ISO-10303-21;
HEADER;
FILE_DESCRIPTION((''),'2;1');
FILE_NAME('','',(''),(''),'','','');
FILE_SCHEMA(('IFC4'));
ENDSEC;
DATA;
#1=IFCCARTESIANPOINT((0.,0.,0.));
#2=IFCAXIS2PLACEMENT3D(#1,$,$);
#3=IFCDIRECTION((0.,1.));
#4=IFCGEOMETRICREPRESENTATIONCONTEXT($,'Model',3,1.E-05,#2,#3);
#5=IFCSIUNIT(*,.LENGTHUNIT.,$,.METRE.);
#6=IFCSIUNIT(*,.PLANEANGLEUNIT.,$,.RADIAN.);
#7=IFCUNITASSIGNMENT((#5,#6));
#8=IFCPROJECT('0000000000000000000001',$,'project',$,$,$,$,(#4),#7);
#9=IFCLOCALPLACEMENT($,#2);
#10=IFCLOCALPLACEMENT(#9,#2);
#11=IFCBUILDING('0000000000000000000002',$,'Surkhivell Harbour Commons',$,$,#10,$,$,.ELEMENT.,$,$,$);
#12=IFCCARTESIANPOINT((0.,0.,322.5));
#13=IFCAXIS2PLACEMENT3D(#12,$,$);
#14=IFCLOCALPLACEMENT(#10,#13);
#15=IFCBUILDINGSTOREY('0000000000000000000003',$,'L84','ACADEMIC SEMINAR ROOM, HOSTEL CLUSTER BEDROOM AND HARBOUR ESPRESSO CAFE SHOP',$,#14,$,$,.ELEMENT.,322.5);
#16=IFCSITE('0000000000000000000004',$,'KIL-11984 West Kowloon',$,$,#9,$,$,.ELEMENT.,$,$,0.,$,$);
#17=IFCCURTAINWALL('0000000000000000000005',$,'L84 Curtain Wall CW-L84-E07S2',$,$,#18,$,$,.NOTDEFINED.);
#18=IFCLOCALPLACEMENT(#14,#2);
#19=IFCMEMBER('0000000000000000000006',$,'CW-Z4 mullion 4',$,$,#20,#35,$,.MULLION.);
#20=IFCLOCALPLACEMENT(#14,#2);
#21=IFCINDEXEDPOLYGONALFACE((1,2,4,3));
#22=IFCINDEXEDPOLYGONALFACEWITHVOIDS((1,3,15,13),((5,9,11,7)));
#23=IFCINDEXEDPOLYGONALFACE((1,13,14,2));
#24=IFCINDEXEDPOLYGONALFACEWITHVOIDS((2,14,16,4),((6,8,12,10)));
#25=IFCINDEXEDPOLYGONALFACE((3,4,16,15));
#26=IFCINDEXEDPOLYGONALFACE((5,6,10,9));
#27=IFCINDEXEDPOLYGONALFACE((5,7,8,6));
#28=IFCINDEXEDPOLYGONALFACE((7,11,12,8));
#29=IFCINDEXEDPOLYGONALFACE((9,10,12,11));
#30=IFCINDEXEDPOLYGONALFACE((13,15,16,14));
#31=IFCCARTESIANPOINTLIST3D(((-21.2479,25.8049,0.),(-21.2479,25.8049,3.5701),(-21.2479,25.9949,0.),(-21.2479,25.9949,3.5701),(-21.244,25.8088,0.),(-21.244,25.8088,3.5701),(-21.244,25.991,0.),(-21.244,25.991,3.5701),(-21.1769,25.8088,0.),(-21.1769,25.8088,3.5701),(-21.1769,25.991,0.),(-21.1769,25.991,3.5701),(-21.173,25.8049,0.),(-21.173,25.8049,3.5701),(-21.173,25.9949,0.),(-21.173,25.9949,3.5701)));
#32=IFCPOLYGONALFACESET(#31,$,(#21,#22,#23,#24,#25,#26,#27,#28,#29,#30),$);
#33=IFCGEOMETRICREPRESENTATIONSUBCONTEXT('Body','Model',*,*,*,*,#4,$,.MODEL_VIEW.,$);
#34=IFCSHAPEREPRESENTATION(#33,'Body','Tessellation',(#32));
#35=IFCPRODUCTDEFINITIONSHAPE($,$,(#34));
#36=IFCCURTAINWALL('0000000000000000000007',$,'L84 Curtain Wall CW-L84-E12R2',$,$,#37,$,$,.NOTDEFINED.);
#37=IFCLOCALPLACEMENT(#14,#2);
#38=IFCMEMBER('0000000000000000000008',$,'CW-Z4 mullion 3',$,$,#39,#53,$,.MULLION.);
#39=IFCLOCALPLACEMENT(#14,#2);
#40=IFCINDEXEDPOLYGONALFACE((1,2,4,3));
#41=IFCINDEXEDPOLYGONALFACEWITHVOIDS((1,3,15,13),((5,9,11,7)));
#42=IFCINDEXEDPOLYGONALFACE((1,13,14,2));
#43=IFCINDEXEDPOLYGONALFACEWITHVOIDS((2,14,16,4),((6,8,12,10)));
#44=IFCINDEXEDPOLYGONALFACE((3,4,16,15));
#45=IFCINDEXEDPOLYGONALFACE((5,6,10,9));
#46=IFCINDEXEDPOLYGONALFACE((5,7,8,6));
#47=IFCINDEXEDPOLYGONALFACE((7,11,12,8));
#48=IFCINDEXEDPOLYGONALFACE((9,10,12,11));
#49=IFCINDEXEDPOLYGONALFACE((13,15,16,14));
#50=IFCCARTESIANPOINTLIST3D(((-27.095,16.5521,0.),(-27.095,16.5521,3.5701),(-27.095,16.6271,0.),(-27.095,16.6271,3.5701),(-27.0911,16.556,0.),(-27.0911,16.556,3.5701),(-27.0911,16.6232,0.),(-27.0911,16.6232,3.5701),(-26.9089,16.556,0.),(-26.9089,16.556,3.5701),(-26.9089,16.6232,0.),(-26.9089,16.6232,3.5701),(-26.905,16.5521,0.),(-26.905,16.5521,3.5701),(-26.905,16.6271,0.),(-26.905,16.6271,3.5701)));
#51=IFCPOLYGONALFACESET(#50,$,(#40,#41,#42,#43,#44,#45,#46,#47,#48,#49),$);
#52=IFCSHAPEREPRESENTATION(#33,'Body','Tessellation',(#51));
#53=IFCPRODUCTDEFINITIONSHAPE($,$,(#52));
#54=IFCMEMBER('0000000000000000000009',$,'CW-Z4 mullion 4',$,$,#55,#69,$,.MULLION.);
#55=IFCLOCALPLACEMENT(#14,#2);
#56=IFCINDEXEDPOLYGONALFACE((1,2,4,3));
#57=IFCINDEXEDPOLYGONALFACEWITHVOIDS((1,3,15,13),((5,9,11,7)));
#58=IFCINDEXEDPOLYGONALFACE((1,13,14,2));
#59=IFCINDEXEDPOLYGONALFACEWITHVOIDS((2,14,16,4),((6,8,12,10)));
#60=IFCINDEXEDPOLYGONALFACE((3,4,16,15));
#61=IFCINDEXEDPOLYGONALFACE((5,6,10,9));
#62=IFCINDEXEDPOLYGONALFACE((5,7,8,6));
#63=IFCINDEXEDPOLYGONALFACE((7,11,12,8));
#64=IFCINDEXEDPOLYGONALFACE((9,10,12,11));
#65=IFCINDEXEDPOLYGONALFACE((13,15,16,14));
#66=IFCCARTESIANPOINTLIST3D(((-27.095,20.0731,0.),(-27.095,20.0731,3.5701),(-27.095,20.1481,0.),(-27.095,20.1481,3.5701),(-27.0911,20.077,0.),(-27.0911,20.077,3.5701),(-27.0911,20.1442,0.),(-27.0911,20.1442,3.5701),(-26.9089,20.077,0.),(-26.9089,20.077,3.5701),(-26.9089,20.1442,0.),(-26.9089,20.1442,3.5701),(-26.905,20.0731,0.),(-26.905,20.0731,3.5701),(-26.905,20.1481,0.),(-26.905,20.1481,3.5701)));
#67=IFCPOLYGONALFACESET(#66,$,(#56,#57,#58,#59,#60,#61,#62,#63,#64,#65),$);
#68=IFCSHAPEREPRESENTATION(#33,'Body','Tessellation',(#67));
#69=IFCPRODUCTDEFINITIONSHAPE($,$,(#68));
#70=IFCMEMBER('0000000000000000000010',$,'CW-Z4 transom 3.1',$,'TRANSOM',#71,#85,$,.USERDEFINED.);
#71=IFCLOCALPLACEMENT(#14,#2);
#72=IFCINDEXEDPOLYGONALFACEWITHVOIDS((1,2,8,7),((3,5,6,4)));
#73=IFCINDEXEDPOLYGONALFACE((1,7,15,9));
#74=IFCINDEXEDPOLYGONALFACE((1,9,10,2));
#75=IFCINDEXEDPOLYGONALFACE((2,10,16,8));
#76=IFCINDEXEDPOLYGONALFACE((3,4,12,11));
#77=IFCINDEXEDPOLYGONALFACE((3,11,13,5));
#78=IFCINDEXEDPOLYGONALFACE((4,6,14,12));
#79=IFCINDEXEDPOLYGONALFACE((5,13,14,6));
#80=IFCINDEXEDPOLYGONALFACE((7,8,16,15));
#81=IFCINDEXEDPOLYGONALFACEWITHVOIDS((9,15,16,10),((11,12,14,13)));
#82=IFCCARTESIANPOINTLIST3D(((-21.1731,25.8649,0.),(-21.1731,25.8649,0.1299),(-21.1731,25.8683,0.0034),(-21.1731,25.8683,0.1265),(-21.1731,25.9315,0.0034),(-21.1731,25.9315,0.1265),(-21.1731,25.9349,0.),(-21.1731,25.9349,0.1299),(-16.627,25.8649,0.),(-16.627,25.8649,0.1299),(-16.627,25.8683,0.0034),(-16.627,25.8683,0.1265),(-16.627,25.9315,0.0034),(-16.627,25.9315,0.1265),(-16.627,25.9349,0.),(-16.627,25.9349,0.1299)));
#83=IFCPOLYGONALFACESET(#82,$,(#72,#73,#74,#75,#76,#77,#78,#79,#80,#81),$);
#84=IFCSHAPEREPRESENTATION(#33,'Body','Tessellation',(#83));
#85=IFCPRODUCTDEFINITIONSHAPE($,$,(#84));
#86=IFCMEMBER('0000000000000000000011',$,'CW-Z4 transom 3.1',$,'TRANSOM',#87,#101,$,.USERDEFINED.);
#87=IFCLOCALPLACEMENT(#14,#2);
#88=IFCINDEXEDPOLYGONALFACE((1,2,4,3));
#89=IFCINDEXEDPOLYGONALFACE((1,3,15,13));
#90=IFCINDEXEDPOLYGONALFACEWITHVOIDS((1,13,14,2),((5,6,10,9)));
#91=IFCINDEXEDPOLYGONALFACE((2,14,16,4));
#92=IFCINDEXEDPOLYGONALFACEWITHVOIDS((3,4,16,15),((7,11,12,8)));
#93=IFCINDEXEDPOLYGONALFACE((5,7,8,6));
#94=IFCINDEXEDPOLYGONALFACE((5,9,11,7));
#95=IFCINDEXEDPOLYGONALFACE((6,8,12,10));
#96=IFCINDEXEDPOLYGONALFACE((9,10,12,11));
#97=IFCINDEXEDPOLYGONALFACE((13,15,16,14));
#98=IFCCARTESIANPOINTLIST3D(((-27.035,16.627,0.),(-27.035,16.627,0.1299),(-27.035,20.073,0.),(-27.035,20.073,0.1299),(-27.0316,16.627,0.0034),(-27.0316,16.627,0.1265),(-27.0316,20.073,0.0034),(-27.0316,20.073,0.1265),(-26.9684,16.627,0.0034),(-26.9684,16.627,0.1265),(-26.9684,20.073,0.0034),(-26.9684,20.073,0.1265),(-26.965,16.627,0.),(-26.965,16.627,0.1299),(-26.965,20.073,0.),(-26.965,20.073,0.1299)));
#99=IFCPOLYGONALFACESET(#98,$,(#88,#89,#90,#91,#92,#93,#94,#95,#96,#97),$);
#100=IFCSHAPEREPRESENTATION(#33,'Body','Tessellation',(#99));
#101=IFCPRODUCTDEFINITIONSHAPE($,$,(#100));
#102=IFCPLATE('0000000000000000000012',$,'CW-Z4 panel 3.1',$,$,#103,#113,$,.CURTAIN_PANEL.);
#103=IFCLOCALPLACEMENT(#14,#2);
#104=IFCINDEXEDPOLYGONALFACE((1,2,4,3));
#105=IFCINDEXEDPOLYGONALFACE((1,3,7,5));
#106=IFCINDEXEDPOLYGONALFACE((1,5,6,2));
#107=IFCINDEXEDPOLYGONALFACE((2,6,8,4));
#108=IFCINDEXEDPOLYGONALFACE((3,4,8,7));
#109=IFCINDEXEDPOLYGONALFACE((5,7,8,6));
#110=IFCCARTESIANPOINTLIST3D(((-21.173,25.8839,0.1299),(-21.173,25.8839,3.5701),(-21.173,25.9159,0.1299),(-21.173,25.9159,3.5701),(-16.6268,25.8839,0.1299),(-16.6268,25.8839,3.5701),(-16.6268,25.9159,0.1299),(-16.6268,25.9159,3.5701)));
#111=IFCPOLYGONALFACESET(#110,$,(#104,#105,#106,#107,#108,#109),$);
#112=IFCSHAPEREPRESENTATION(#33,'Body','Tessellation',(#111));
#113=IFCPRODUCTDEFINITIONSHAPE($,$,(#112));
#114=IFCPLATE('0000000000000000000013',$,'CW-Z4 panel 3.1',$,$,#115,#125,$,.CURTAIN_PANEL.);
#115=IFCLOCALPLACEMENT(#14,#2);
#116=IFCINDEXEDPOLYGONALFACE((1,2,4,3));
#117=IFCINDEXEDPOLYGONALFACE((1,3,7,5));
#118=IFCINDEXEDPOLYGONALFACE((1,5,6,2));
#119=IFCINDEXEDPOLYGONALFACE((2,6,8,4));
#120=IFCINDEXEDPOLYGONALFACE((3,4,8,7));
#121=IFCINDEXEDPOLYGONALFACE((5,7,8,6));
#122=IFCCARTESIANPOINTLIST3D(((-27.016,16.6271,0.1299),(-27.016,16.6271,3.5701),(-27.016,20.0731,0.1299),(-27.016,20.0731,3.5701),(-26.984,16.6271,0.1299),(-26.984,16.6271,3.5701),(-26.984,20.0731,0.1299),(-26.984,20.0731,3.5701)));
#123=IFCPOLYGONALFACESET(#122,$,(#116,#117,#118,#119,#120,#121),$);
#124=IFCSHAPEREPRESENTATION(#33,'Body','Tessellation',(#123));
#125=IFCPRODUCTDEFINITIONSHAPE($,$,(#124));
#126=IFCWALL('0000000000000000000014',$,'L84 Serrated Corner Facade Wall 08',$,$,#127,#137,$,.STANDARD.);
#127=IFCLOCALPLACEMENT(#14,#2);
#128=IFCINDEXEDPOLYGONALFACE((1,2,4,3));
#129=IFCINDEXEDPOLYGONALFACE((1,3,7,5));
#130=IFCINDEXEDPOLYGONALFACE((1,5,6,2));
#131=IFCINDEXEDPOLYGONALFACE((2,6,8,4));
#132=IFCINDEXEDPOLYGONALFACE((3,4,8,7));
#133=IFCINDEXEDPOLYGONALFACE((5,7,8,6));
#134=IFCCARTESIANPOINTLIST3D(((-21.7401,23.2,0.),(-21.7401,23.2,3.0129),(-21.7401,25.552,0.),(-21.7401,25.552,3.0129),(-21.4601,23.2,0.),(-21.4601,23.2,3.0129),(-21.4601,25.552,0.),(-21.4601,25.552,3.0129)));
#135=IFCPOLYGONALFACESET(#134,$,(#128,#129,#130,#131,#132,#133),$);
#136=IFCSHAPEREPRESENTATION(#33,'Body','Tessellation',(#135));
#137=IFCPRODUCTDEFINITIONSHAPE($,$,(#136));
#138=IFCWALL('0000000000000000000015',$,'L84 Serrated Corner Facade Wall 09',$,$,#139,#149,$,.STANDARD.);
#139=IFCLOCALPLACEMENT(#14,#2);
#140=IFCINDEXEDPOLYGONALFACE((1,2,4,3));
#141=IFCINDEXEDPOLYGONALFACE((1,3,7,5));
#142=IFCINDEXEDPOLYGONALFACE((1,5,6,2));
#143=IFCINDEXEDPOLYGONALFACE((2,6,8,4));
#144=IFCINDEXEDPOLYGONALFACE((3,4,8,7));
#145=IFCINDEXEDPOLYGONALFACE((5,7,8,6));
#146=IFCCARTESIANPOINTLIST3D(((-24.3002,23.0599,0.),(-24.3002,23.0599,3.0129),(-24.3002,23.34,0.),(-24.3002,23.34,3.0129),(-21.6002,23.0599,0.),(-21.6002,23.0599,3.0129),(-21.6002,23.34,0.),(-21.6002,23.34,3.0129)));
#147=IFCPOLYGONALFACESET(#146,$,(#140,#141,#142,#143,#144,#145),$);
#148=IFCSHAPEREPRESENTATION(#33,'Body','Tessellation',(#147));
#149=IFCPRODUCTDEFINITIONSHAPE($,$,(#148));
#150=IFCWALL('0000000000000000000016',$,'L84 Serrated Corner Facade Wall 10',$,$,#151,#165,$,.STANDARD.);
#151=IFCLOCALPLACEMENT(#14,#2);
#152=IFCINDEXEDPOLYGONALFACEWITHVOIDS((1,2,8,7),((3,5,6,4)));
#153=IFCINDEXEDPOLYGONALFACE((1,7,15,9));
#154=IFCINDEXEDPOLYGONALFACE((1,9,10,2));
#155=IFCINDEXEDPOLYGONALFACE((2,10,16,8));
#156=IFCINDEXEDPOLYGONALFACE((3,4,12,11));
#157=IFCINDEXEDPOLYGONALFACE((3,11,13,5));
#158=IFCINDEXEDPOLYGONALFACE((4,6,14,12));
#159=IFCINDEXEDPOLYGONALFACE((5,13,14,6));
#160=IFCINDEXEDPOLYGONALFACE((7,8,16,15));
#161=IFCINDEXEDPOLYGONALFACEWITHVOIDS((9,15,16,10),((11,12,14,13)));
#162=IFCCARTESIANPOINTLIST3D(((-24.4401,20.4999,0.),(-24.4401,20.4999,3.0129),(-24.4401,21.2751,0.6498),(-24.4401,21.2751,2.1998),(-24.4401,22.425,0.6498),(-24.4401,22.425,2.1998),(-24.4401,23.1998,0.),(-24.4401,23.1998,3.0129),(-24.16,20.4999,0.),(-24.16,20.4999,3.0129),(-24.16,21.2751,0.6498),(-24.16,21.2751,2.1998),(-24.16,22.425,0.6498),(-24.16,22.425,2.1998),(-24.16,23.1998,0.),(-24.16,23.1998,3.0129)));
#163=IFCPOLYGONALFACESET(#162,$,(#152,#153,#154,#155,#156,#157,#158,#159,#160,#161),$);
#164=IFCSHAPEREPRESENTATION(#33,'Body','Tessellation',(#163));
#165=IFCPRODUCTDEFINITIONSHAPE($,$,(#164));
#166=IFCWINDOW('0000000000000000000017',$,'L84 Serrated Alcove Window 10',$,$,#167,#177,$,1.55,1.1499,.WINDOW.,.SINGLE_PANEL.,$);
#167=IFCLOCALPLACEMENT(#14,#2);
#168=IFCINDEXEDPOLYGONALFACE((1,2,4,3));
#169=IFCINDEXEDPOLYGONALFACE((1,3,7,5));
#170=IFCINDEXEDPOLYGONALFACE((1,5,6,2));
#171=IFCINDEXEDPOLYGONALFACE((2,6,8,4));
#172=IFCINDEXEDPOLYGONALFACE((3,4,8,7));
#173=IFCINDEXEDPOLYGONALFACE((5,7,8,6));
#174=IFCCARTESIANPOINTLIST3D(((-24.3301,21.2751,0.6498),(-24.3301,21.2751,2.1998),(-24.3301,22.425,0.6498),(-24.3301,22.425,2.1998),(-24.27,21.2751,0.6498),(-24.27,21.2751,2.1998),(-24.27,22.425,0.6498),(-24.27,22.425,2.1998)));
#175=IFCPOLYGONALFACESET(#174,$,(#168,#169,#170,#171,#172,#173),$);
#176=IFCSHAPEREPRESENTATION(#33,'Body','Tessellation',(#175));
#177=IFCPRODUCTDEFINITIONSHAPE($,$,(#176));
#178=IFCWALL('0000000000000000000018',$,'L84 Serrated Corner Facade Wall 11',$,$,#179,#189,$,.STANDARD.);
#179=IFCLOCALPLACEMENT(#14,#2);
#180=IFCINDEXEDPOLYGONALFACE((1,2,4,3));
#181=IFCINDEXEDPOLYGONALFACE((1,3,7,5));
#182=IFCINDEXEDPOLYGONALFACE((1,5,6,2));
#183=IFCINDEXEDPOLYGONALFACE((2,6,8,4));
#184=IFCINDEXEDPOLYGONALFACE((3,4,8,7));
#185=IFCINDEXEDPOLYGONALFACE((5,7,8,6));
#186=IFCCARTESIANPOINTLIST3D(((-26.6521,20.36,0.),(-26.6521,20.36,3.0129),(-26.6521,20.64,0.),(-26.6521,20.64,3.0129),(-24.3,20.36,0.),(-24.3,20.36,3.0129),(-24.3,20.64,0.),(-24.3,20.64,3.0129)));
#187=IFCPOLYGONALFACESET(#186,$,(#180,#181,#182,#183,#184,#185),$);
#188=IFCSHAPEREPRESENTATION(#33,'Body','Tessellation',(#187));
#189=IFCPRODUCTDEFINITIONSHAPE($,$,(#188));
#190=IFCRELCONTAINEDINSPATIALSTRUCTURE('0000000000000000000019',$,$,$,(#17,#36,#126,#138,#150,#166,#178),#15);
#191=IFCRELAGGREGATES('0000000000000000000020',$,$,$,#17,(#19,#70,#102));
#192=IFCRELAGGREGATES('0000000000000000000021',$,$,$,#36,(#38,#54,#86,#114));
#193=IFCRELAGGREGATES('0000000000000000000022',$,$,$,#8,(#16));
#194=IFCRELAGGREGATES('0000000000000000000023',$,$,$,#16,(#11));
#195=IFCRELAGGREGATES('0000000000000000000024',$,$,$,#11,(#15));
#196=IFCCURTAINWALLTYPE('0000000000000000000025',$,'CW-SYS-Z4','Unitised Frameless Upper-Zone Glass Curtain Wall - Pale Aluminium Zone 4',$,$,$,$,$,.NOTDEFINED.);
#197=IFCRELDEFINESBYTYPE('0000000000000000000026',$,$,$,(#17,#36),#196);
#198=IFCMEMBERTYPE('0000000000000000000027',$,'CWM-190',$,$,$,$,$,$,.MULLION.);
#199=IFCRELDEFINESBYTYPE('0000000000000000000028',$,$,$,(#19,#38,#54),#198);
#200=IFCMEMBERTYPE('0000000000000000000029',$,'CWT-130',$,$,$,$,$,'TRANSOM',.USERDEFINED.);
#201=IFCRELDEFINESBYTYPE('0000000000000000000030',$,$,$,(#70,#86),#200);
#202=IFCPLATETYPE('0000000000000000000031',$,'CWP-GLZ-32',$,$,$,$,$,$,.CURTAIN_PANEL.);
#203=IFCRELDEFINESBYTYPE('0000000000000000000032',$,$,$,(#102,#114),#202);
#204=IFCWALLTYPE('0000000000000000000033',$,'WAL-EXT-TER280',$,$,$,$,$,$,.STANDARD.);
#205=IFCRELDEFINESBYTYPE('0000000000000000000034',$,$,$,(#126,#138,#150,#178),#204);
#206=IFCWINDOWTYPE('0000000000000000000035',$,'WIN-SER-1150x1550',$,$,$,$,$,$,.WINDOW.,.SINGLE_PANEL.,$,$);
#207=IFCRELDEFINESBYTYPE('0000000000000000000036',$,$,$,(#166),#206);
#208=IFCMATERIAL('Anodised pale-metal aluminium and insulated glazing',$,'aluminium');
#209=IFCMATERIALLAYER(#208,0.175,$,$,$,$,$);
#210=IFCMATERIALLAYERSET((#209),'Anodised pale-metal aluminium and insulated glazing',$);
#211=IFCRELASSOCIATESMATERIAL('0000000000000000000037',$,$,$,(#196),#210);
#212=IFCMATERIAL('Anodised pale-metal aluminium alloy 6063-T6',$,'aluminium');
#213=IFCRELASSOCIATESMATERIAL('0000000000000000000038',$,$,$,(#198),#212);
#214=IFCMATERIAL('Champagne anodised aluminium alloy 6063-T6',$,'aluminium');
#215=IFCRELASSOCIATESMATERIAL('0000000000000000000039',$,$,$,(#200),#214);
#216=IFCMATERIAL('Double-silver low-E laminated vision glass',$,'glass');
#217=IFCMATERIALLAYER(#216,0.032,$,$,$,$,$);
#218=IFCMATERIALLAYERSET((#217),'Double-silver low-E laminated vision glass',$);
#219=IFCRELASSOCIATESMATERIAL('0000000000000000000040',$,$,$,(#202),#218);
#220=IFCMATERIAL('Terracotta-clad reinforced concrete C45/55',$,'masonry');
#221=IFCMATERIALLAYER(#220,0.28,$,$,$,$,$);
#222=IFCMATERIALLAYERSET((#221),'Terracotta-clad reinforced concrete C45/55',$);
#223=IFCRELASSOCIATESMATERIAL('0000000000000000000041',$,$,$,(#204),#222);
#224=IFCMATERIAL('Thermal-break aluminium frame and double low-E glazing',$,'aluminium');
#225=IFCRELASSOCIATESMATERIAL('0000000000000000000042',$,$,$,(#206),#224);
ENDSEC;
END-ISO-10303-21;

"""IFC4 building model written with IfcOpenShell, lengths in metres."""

from ifc_helpers import new_model, si_unit, direction, frame, frame_2d, origin, origin_2d, place, context, subcontext, project, spatial, rectangle, hollow_rectangle, extrude, material, layer, layer_set, material_profile, profile_set, type_object, element, fill, aggregate, save


model = new_model("IFC4")

# Units and contexts
model_context = context("Model", 3, precision=1e-05, world=origin(), true_north=direction((0.0, 1.0)))
body_context = subcontext(model_context, "Body", "Model", "MODEL_VIEW")
ifc_project = project(units=[si_unit("LENGTHUNIT", "METRE"), si_unit("PLANEANGLEUNIT", "RADIAN")], contexts=[model_context])

# Site, building, storey
site_placement = place(None, origin())
site = spatial("IfcSite", under=ifc_project, at=site_placement, Name="KIL-11984 West Kowloon", CompositionType="ELEMENT", RefElevation=0.0)
building_placement = place(site_placement, origin())
building = spatial("IfcBuilding", under=site, at=building_placement, Name="Surkhivell Harbour Commons", CompositionType="ELEMENT")
storey_placement = place(building_placement, frame((0.0, 0.0, 322.5)))
storey = spatial("IfcBuildingStorey", under=building, at=storey_placement, Name="L84", Description="ACADEMIC SEMINAR ROOM, HOSTEL CLUSTER BEDROOM AND HARBOUR ESPRESSO CAFE SHOP", CompositionType="ELEMENT", Elevation=322.5)

# Curtain walls, members
ifc_material_1 = material(Name="Anodised pale-metal aluminium and insulated glazing", Category="aluminium")
ifc_layer_1 = layer(ifc_material_1, 0.175)
ifc_layer_set_1 = layer_set([ifc_layer_1], Name="Anodised pale-metal aluminium and insulated glazing")
curtain_wall_type = type_object("IfcCurtainWallType", Name="CW-SYS-Z4", Description="Unitised Frameless Upper-Zone Glass Curtain Wall - Pale Aluminium Zone 4", PredefinedType="NOTDEFINED", material=ifc_layer_set_1)
curtain_wall_1_placement = place(storey_placement, origin())
curtain_wall_1 = element("IfcCurtainWall", 1, at=curtain_wall_1_placement, inside=storey, type_object=curtain_wall_type, Name="L84 Curtain Wall CW-L84-E07S2", PredefinedType="NOTDEFINED")
ifc_material_2 = material(Name="Anodised pale-metal aluminium alloy 6063-T6", Category="aluminium")
ifc_material_profile_1 = material_profile(ifc_material_2, hollow_rectangle(XDim=0.075, YDim=0.1899, WallThickness=0.0039, at=origin_2d()), Name="ALU-MULL-75x190")
ifc_profile_set_1 = profile_set([ifc_material_profile_1], Name="Anodised pale-metal aluminium alloy 6063-T6")
member_type_1 = type_object("IfcMemberType", Name="CWM-190", PredefinedType="MULLION", material=ifc_profile_set_1)
member_1_placement = place(storey_placement, frame((-21.2104, 25.8999, 0.0), z_axis=(0.0, 0.0, 1.0), x_axis=(-1.0, 0.0, 0.0)))
member_1 = element("IfcMember", 2, at=member_1_placement, type_object=member_type_1, Name="CW-Z4 mullion 4", PredefinedType="MULLION", context=body_context, shape_type="SweptSolid", body=[
    extrude(hollow_rectangle(XDim=0.075, YDim=0.1899, WallThickness=0.0039, at=origin_2d()), origin(), (0.0, 0.0, 1.0), 3.5701),
])
curtain_wall_2_placement = place(storey_placement, origin())
curtain_wall_2 = element("IfcCurtainWall", 3, at=curtain_wall_2_placement, inside=storey, type_object=curtain_wall_type, Name="L84 Curtain Wall CW-L84-E12R2", PredefinedType="NOTDEFINED")
member_2_placement = place(storey_placement, frame((-27.0, 16.5896, 0.0), z_axis=(0.0, 0.0, 1.0), x_axis=(0.0, 1.0, 0.0)))
member_2 = element("IfcMember", 4, at=member_2_placement, type_object=member_type_1, Name="CW-Z4 mullion 3", PredefinedType="MULLION", context=body_context, shape_type="SweptSolid", body=[
    extrude(hollow_rectangle(XDim=0.075, YDim=0.1899, WallThickness=0.0039, at=origin_2d()), origin(), (0.0, 0.0, 1.0), 3.5701),
])
member_3_placement = place(storey_placement, frame((-27.0, 20.1106, 0.0), z_axis=(0.0, 0.0, 1.0), x_axis=(0.0, 1.0, 0.0)))
member_3 = element("IfcMember", 5, at=member_3_placement, type_object=member_type_1, Name="CW-Z4 mullion 4", PredefinedType="MULLION", context=body_context, shape_type="SweptSolid", body=[
    extrude(hollow_rectangle(XDim=0.075, YDim=0.1899, WallThickness=0.0039, at=origin_2d()), origin(), (0.0, 0.0, 1.0), 3.5701),
])

# Members
ifc_material_3 = material(Name="Champagne anodised aluminium alloy 6063-T6", Category="aluminium")
ifc_material_profile_2 = material_profile(ifc_material_3, hollow_rectangle(XDim=0.0701, YDim=0.1299, WallThickness=0.0034, at=origin_2d()), Name="ALU-TRAN-70x130")
ifc_profile_set_2 = profile_set([ifc_material_profile_2], Name="Champagne anodised aluminium alloy 6063-T6")
member_type_2 = type_object("IfcMemberType", Name="CWT-130", ElementType="TRANSOM", PredefinedType="USERDEFINED", material=ifc_profile_set_2)
member_4_placement = place(storey_placement, frame((-16.627, 25.8999, 0.0649), z_axis=(-1.0, 0.0, 0.0), x_axis=(0.0, -1.0, 0.0)))
member_4 = element("IfcMember", 6, at=member_4_placement, type_object=member_type_2, Name="CW-Z4 transom 3.1", ObjectType="TRANSOM", PredefinedType="USERDEFINED", context=body_context, shape_type="SweptSolid", body=[
    extrude(hollow_rectangle(XDim=0.0701, YDim=0.1299, WallThickness=0.0034, at=origin_2d()), origin(), (0.0, 0.0, 1.0), 4.5461),
])
member_5_placement = place(storey_placement, frame((-27.0, 16.627, 0.0649), z_axis=(0.0, 1.0, 0.0), x_axis=(-1.0, 0.0, 0.0)))
member_5 = element("IfcMember", 7, at=member_5_placement, type_object=member_type_2, Name="CW-Z4 transom 3.1", ObjectType="TRANSOM", PredefinedType="USERDEFINED", context=body_context, shape_type="SweptSolid", body=[
    extrude(hollow_rectangle(XDim=0.0701, YDim=0.1299, WallThickness=0.0034, at=origin_2d()), origin(), (0.0, 0.0, 1.0), 3.446),
])

# Plates
ifc_material_4 = material(Name="Double-silver low-E laminated vision glass", Category="glass")
ifc_layer_2 = layer(ifc_material_4, 0.032)
ifc_layer_set_2 = layer_set([ifc_layer_2], Name="Double-silver low-E laminated vision glass")
plate_type = type_object("IfcPlateType", Name="CWP-GLZ-32", PredefinedType="CURTAIN_PANEL", material=ifc_layer_set_2)
plate_1_placement = place(storey_placement, frame((-16.627, 25.8999, 0.1299), z_axis=(0.0, 0.0, 1.0), x_axis=(-1.0, 0.0, 0.0)))
plate_1 = element("IfcPlate", 8, at=plate_1_placement, type_object=plate_type, Name="CW-Z4 panel 3.1", PredefinedType="CURTAIN_PANEL", context=body_context, shape_type="SweptSolid", body=[
    extrude(rectangle(XDim=4.5461, YDim=0.032, at=frame_2d((2.2729, 0.0))), origin(), (0.0, 0.0, 1.0), 3.4402),
])
aggregate(curtain_wall_1, [member_1, member_4, plate_1])
plate_2_placement = place(storey_placement, frame((-27.0, 16.627, 0.1299), z_axis=(0.0, 0.0, 1.0), x_axis=(0.0, 1.0, 0.0)))
plate_2 = element("IfcPlate", 9, at=plate_2_placement, type_object=plate_type, Name="CW-Z4 panel 3.1", PredefinedType="CURTAIN_PANEL", context=body_context, shape_type="SweptSolid", body=[
    extrude(rectangle(XDim=3.446, YDim=0.032, at=frame_2d((1.7231, 0.0))), origin(), (0.0, 0.0, 1.0), 3.4402),
])
aggregate(curtain_wall_2, [member_2, member_3, member_5, plate_2])

# Walls
ifc_material_5 = material(Name="Terracotta-clad reinforced concrete C45/55", Category="masonry")
ifc_layer_3 = layer(ifc_material_5, 0.28)
ifc_layer_set_3 = layer_set([ifc_layer_3], Name="Terracotta-clad reinforced concrete C45/55")
wall_type = type_object("IfcWallType", Name="WAL-EXT-TER280", PredefinedType="STANDARD", material=ifc_layer_set_3)
wall_1_placement = place(storey_placement, frame((-21.6001, 25.552, 0.0), z_axis=(0.0, 0.0, 1.0), x_axis=(0.0, -1.0, 0.0)))
element("IfcWall", 10, at=wall_1_placement, inside=storey, type_object=wall_type, Name="L84 Serrated Corner Facade Wall 08", PredefinedType="STANDARD", context=body_context, shape_type="SweptSolid", body=[
    extrude(rectangle(XDim=2.3521, YDim=0.28, at=frame_2d((1.176, 0.0))), origin(), (0.0, 0.0, 1.0), 3.0129),
])
wall_2_placement = place(storey_placement, frame((-21.6001, 23.2, 0.0), z_axis=(0.0, 0.0, 1.0), x_axis=(-1.0, 0.0, 0.0)))
element("IfcWall", 11, at=wall_2_placement, inside=storey, type_object=wall_type, Name="L84 Serrated Corner Facade Wall 09", PredefinedType="STANDARD", context=body_context, shape_type="SweptSolid", body=[
    extrude(rectangle(XDim=2.7, YDim=0.28, at=frame_2d((1.3501, 0.0))), origin(), (0.0, 0.0, 1.0), 3.0129),
])

# Wall, opening, window
wall_3_placement = place(storey_placement, frame((-24.3, 23.2, 0.0), z_axis=(0.0, 0.0, 1.0), x_axis=(0.0, -1.0, 0.0)))
wall_3 = element("IfcWall", 12, at=wall_3_placement, inside=storey, type_object=wall_type, Name="L84 Serrated Corner Facade Wall 10", PredefinedType="STANDARD", context=body_context, shape_type="SweptSolid", body=[
    extrude(rectangle(XDim=2.7, YDim=0.28, at=frame_2d((1.3501, 0.0))), origin(), (0.0, 0.0, 1.0), 3.0129),
])
opening_placement = place(wall_3_placement, frame((0.7749, 0.0, 0.6499)))
opening = element("IfcOpeningElement", 13, at=opening_placement, cuts=wall_3, PredefinedType="OPENING", context=body_context, shape_type="SweptSolid", body=[
    extrude(rectangle(XDim=1.1499, YDim=1.55, at=frame_2d((0.575, 0.7749))), frame((0.0, 0.1499, 0.0), z_axis=(0.0, -1.0, 0.0), x_axis=(1.0, 0.0, 0.0)), (0.0, 0.0, 1.0), 0.3),
])
ifc_material_6 = material(Name="Thermal-break aluminium frame and double low-E glazing", Category="aluminium")
window_type = type_object("IfcWindowType", Name="WIN-SER-1150x1550", PartitioningType="SINGLE_PANEL", PredefinedType="WINDOW", material=ifc_material_6)
window_placement = place(opening_placement, origin())
window = element("IfcWindow", 14, at=window_placement, inside=storey, type_object=window_type, Name="L84 Serrated Alcove Window 10", OverallHeight=1.55, OverallWidth=1.1499, PartitioningType="SINGLE_PANEL", PredefinedType="WINDOW", context=body_context, shape_type="SweptSolid", body=[
    extrude(rectangle(XDim=1.1499, YDim=1.55, at=frame_2d((0.575, 0.7749))), frame((0.0, 0.03, 0.0), z_axis=(0.0, -1.0, 0.0), x_axis=(1.0, 0.0, 0.0)), (0.0, 0.0, 1.0), 0.0601),
])
fill(opening, window)

# Wall
wall_4_placement = place(storey_placement, frame((-24.3, 20.5, 0.0), z_axis=(0.0, 0.0, 1.0), x_axis=(-1.0, 0.0, 0.0)))
element("IfcWall", 15, at=wall_4_placement, inside=storey, type_object=wall_type, Name="L84 Serrated Corner Facade Wall 11", PredefinedType="STANDARD", context=body_context, shape_type="SweptSolid", body=[
    extrude(rectangle(XDim=2.3521, YDim=0.28, at=frame_2d((1.176, 0.0))), origin(), (0.0, 0.0, 1.0), 3.0129),
])

save(model, "model.ifc")
